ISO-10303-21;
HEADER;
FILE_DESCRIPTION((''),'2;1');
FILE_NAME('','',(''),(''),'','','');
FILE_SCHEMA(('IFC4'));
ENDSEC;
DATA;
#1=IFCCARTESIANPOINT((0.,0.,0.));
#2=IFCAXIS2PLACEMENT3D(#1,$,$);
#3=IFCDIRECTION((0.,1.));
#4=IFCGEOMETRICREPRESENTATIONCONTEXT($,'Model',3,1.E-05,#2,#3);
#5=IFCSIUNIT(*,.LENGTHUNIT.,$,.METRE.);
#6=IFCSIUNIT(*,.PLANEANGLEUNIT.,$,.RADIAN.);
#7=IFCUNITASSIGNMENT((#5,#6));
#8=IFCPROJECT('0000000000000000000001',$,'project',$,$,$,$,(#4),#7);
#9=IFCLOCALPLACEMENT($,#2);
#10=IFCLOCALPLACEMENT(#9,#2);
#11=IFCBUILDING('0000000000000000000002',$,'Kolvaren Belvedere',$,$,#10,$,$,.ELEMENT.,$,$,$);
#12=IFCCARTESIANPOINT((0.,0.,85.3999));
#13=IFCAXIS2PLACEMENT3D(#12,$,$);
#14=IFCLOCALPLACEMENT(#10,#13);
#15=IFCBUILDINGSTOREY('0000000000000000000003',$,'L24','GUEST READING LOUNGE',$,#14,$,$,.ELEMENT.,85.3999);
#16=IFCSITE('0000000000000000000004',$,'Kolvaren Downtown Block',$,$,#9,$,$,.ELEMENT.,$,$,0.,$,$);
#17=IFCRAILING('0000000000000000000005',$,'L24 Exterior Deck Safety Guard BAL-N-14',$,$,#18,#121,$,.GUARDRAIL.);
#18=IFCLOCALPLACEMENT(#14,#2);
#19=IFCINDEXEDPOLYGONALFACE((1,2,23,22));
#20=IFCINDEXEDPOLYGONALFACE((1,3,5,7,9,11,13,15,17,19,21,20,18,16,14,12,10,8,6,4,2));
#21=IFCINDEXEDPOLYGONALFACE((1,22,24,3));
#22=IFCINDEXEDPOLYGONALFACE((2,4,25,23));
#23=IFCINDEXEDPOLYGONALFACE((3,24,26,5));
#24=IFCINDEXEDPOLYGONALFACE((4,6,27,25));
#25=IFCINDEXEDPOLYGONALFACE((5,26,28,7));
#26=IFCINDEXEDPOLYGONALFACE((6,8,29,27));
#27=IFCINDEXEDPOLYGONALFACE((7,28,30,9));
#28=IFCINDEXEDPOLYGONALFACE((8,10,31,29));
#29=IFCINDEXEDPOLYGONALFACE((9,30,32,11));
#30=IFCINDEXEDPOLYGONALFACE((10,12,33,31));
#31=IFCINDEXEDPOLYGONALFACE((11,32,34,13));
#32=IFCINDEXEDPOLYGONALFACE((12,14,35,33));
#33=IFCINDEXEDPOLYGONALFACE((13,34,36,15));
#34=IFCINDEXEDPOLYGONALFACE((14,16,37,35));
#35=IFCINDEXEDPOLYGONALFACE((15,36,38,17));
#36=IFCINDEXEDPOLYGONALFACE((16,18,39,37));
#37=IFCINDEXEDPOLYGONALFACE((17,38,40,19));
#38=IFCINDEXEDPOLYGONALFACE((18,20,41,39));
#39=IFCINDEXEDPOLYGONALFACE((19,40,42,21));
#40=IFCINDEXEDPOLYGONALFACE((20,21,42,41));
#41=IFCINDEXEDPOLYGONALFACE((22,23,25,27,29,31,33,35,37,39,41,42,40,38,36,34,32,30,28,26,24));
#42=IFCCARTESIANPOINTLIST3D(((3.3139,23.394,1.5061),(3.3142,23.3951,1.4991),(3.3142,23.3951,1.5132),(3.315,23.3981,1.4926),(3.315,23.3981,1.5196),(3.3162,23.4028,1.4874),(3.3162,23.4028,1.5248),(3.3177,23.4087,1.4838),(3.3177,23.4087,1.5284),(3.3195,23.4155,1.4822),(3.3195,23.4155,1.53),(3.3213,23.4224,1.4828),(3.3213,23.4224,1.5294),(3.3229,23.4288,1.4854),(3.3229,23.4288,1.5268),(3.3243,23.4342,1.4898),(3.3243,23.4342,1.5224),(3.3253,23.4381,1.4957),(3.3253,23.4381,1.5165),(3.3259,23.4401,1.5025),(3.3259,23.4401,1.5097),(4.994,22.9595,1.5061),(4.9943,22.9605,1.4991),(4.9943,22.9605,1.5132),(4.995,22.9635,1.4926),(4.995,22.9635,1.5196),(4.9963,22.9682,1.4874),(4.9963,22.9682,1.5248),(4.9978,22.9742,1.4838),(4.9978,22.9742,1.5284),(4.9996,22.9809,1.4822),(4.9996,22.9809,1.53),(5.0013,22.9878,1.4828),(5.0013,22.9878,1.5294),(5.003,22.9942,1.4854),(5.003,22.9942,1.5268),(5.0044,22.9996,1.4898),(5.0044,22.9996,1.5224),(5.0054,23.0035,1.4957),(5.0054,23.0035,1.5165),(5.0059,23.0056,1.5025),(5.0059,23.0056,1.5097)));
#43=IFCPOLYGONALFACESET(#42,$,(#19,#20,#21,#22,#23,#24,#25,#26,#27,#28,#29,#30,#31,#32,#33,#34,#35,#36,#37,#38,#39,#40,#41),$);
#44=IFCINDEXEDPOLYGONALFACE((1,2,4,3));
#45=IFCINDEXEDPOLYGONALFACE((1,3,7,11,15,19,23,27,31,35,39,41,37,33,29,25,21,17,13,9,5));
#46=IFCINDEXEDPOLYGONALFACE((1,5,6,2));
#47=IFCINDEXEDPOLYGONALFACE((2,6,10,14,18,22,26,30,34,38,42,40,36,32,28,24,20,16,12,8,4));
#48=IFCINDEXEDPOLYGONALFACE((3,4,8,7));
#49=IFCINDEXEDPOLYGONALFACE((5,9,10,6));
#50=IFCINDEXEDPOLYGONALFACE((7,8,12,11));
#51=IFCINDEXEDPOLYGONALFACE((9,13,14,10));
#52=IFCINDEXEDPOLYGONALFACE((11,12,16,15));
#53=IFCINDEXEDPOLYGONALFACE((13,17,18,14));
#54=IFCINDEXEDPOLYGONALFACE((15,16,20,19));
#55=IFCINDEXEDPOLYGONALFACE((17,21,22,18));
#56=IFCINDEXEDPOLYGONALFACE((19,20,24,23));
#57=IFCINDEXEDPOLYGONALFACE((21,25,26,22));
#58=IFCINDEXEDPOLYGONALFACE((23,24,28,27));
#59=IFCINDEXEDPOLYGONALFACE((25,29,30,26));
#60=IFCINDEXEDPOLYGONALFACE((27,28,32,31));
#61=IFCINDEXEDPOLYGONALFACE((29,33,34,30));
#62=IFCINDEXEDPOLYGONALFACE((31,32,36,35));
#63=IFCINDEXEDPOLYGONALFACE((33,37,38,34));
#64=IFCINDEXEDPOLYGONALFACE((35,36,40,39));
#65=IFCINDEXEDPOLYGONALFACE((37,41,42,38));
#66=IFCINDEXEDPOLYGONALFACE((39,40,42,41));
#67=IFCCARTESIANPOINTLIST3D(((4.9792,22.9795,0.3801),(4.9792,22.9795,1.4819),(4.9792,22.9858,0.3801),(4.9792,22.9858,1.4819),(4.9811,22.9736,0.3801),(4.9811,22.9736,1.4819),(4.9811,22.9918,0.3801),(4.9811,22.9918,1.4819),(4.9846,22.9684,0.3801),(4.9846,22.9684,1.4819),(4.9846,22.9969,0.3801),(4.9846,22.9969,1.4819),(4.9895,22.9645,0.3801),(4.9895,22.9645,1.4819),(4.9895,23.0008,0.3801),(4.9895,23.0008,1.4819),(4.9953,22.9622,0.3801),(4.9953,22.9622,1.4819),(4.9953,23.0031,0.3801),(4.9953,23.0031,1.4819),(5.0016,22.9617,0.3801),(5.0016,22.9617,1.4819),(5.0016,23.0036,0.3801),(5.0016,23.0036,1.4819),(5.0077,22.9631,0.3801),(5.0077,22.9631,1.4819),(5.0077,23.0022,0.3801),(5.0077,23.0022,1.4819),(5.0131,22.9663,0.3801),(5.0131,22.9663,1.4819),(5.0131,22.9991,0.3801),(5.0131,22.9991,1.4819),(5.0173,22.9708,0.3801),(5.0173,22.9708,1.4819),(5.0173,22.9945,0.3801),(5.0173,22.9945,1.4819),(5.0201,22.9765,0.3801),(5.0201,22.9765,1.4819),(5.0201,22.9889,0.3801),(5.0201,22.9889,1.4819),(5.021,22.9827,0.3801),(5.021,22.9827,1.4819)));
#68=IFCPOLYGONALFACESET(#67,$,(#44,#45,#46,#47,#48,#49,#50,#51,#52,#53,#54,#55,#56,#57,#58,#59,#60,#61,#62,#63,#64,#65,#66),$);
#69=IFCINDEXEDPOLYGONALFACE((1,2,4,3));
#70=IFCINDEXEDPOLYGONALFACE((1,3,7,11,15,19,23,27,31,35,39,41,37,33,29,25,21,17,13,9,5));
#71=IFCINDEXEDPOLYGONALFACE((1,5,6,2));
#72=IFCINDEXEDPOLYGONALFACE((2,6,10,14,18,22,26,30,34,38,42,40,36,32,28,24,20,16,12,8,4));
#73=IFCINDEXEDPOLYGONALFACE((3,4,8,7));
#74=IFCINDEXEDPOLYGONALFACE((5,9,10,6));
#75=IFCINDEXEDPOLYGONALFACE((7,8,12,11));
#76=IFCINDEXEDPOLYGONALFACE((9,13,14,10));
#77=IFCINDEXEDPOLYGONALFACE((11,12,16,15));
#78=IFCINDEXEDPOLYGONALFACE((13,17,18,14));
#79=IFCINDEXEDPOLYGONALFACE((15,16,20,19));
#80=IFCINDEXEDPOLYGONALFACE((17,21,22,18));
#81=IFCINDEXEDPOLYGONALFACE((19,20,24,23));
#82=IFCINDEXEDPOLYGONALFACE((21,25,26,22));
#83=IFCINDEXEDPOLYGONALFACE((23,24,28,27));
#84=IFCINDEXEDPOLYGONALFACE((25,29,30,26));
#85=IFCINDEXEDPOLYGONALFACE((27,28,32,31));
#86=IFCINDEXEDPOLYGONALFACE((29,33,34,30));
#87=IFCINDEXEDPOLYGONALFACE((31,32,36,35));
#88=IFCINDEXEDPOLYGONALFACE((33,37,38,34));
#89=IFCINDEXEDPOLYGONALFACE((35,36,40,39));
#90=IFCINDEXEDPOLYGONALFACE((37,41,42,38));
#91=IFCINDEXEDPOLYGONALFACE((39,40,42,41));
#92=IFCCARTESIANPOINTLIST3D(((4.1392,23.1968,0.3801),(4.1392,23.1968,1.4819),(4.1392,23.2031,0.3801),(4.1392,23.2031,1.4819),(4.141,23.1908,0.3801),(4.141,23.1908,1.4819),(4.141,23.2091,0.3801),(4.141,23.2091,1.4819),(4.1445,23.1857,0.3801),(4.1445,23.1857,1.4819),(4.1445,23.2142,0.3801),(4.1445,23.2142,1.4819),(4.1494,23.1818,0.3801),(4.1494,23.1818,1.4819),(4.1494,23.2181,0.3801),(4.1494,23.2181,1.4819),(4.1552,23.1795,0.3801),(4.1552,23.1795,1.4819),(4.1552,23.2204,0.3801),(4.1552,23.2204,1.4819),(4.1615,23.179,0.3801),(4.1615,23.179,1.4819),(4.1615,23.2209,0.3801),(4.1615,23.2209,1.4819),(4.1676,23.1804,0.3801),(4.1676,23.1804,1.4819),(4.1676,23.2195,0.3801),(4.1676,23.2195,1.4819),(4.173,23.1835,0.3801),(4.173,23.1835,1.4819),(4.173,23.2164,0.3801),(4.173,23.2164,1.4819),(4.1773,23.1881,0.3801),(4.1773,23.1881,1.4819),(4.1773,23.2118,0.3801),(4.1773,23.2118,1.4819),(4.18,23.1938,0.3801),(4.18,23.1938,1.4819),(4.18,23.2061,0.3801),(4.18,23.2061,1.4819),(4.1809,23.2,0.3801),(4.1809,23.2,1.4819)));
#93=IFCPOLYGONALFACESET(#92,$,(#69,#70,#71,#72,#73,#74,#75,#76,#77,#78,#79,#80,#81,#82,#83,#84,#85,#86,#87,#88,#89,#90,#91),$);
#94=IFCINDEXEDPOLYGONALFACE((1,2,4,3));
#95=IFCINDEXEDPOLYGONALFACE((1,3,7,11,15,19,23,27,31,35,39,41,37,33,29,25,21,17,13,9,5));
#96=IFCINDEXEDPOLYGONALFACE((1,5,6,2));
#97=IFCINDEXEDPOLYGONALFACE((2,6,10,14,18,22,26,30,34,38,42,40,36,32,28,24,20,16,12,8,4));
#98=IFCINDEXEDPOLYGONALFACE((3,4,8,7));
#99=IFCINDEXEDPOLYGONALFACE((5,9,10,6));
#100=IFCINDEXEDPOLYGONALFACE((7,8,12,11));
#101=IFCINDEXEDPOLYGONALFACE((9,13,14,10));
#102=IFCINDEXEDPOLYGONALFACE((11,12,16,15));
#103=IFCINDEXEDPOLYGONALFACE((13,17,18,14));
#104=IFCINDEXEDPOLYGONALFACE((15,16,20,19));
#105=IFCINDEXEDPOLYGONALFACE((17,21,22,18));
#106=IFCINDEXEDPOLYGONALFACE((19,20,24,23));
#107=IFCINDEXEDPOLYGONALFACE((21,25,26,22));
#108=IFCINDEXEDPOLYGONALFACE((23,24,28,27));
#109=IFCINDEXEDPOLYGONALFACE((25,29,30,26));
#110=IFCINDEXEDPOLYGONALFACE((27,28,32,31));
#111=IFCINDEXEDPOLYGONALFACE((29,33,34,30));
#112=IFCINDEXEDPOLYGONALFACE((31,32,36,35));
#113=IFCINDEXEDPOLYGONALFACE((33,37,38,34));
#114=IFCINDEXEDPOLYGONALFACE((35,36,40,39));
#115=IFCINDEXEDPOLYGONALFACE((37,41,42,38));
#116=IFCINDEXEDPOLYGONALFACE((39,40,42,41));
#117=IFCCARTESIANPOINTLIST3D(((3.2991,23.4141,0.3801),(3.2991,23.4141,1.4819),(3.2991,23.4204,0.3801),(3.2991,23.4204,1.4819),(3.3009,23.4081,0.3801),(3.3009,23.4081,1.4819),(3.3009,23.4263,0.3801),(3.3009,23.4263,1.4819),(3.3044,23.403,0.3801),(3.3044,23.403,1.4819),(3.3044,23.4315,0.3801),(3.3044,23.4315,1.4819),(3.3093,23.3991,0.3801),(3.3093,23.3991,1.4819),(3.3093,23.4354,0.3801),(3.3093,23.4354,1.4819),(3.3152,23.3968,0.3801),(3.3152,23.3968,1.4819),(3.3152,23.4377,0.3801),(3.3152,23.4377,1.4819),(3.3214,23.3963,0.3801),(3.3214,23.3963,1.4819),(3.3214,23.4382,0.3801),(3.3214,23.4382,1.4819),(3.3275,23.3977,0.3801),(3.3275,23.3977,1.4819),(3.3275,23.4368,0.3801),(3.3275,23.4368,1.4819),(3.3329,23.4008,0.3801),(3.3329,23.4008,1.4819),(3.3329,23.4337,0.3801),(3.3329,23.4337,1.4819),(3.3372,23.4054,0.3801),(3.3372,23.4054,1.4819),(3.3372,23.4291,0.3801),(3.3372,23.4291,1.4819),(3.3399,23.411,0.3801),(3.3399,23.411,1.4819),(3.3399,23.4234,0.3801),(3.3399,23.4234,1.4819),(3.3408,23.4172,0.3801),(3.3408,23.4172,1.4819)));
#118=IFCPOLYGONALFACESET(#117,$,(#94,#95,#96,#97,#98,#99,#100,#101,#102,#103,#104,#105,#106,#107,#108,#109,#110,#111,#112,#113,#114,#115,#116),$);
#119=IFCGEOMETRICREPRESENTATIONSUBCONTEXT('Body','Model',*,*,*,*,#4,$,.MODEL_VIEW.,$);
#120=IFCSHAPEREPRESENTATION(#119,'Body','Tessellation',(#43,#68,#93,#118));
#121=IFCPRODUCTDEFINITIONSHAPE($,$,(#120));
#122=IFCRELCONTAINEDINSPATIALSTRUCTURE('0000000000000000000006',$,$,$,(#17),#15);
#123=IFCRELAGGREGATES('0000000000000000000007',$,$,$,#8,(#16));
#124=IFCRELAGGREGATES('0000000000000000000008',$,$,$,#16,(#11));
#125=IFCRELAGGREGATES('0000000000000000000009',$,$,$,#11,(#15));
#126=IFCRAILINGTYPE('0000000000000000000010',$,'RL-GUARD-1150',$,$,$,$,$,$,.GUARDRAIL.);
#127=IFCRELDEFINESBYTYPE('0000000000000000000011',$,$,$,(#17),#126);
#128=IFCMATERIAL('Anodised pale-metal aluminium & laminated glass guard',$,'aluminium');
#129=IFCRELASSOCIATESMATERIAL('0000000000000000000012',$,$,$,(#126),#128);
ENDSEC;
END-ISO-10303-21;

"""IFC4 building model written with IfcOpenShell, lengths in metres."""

from ifc_helpers import new_model, si_unit, direction, frame, origin, origin_2d, place, context, subcontext, project, spatial, circle, extrude, material, type_object, element, save


model = new_model("IFC4")

# Units and contexts
model_context = context("Model", 3, precision=1e-05, world=origin(), true_north=direction((0.0, 1.0)))
body_context = subcontext(model_context, "Body", "Model", "MODEL_VIEW")
ifc_project = project(units=[si_unit("LENGTHUNIT", "METRE"), si_unit("PLANEANGLEUNIT", "RADIAN")], contexts=[model_context])

# Site, building, storey
site_placement = place(None, origin())
site = spatial("IfcSite", under=ifc_project, at=site_placement, Name="Kolvaren Downtown Block", CompositionType="ELEMENT", RefElevation=0.0)
building_placement = place(site_placement, origin())
building = spatial("IfcBuilding", under=site, at=building_placement, Name="Kolvaren Belvedere", CompositionType="ELEMENT")
storey_placement = place(building_placement, frame((0.0, 0.0, 85.3999)))
storey = spatial("IfcBuildingStorey", under=building, at=storey_placement, Name="L24", Description="GUEST READING LOUNGE", CompositionType="ELEMENT", Elevation=85.3999)

# Railing
ifc_material_1 = material(Name="Anodised pale-metal aluminium & laminated glass guard", Category="aluminium")
railing_type = type_object("IfcRailingType", Name="RL-GUARD-1150", PredefinedType="GUARDRAIL", material=ifc_material_1)
railing_1_placement = place(storey_placement, frame((5.0, 22.9827, 0.3801)))
element("IfcRailing", 1, at=railing_1_placement, inside=storey, type_object=railing_type, Name="L24 Exterior Deck Safety Guard BAL-N-14", PredefinedType="GUARDRAIL", context=body_context, shape_type="SweptSolid", body=[
    extrude(circle(Radius=0.0239, at=origin_2d()), frame((0.0, 0.0, 1.126), z_axis=(-0.968141, 0.250406, 0.0), x_axis=(-0.250406, -0.968141, 0.0)), (0.0, 0.0, 1.0), 1.7354),
    extrude(circle(Radius=0.021, at=origin_2d()), origin(), (0.0, 0.0, 1.0), 1.1018),
    extrude(circle(Radius=0.021, at=origin_2d()), frame((-0.8401, 0.2173, 0.0)), (0.0, 0.0, 1.0), 1.1018),
    extrude(circle(Radius=0.021, at=origin_2d()), frame((-1.6802, 0.4346, 0.0)), (0.0, 0.0, 1.0), 1.1018),
])

save(model, "model.ifc")
